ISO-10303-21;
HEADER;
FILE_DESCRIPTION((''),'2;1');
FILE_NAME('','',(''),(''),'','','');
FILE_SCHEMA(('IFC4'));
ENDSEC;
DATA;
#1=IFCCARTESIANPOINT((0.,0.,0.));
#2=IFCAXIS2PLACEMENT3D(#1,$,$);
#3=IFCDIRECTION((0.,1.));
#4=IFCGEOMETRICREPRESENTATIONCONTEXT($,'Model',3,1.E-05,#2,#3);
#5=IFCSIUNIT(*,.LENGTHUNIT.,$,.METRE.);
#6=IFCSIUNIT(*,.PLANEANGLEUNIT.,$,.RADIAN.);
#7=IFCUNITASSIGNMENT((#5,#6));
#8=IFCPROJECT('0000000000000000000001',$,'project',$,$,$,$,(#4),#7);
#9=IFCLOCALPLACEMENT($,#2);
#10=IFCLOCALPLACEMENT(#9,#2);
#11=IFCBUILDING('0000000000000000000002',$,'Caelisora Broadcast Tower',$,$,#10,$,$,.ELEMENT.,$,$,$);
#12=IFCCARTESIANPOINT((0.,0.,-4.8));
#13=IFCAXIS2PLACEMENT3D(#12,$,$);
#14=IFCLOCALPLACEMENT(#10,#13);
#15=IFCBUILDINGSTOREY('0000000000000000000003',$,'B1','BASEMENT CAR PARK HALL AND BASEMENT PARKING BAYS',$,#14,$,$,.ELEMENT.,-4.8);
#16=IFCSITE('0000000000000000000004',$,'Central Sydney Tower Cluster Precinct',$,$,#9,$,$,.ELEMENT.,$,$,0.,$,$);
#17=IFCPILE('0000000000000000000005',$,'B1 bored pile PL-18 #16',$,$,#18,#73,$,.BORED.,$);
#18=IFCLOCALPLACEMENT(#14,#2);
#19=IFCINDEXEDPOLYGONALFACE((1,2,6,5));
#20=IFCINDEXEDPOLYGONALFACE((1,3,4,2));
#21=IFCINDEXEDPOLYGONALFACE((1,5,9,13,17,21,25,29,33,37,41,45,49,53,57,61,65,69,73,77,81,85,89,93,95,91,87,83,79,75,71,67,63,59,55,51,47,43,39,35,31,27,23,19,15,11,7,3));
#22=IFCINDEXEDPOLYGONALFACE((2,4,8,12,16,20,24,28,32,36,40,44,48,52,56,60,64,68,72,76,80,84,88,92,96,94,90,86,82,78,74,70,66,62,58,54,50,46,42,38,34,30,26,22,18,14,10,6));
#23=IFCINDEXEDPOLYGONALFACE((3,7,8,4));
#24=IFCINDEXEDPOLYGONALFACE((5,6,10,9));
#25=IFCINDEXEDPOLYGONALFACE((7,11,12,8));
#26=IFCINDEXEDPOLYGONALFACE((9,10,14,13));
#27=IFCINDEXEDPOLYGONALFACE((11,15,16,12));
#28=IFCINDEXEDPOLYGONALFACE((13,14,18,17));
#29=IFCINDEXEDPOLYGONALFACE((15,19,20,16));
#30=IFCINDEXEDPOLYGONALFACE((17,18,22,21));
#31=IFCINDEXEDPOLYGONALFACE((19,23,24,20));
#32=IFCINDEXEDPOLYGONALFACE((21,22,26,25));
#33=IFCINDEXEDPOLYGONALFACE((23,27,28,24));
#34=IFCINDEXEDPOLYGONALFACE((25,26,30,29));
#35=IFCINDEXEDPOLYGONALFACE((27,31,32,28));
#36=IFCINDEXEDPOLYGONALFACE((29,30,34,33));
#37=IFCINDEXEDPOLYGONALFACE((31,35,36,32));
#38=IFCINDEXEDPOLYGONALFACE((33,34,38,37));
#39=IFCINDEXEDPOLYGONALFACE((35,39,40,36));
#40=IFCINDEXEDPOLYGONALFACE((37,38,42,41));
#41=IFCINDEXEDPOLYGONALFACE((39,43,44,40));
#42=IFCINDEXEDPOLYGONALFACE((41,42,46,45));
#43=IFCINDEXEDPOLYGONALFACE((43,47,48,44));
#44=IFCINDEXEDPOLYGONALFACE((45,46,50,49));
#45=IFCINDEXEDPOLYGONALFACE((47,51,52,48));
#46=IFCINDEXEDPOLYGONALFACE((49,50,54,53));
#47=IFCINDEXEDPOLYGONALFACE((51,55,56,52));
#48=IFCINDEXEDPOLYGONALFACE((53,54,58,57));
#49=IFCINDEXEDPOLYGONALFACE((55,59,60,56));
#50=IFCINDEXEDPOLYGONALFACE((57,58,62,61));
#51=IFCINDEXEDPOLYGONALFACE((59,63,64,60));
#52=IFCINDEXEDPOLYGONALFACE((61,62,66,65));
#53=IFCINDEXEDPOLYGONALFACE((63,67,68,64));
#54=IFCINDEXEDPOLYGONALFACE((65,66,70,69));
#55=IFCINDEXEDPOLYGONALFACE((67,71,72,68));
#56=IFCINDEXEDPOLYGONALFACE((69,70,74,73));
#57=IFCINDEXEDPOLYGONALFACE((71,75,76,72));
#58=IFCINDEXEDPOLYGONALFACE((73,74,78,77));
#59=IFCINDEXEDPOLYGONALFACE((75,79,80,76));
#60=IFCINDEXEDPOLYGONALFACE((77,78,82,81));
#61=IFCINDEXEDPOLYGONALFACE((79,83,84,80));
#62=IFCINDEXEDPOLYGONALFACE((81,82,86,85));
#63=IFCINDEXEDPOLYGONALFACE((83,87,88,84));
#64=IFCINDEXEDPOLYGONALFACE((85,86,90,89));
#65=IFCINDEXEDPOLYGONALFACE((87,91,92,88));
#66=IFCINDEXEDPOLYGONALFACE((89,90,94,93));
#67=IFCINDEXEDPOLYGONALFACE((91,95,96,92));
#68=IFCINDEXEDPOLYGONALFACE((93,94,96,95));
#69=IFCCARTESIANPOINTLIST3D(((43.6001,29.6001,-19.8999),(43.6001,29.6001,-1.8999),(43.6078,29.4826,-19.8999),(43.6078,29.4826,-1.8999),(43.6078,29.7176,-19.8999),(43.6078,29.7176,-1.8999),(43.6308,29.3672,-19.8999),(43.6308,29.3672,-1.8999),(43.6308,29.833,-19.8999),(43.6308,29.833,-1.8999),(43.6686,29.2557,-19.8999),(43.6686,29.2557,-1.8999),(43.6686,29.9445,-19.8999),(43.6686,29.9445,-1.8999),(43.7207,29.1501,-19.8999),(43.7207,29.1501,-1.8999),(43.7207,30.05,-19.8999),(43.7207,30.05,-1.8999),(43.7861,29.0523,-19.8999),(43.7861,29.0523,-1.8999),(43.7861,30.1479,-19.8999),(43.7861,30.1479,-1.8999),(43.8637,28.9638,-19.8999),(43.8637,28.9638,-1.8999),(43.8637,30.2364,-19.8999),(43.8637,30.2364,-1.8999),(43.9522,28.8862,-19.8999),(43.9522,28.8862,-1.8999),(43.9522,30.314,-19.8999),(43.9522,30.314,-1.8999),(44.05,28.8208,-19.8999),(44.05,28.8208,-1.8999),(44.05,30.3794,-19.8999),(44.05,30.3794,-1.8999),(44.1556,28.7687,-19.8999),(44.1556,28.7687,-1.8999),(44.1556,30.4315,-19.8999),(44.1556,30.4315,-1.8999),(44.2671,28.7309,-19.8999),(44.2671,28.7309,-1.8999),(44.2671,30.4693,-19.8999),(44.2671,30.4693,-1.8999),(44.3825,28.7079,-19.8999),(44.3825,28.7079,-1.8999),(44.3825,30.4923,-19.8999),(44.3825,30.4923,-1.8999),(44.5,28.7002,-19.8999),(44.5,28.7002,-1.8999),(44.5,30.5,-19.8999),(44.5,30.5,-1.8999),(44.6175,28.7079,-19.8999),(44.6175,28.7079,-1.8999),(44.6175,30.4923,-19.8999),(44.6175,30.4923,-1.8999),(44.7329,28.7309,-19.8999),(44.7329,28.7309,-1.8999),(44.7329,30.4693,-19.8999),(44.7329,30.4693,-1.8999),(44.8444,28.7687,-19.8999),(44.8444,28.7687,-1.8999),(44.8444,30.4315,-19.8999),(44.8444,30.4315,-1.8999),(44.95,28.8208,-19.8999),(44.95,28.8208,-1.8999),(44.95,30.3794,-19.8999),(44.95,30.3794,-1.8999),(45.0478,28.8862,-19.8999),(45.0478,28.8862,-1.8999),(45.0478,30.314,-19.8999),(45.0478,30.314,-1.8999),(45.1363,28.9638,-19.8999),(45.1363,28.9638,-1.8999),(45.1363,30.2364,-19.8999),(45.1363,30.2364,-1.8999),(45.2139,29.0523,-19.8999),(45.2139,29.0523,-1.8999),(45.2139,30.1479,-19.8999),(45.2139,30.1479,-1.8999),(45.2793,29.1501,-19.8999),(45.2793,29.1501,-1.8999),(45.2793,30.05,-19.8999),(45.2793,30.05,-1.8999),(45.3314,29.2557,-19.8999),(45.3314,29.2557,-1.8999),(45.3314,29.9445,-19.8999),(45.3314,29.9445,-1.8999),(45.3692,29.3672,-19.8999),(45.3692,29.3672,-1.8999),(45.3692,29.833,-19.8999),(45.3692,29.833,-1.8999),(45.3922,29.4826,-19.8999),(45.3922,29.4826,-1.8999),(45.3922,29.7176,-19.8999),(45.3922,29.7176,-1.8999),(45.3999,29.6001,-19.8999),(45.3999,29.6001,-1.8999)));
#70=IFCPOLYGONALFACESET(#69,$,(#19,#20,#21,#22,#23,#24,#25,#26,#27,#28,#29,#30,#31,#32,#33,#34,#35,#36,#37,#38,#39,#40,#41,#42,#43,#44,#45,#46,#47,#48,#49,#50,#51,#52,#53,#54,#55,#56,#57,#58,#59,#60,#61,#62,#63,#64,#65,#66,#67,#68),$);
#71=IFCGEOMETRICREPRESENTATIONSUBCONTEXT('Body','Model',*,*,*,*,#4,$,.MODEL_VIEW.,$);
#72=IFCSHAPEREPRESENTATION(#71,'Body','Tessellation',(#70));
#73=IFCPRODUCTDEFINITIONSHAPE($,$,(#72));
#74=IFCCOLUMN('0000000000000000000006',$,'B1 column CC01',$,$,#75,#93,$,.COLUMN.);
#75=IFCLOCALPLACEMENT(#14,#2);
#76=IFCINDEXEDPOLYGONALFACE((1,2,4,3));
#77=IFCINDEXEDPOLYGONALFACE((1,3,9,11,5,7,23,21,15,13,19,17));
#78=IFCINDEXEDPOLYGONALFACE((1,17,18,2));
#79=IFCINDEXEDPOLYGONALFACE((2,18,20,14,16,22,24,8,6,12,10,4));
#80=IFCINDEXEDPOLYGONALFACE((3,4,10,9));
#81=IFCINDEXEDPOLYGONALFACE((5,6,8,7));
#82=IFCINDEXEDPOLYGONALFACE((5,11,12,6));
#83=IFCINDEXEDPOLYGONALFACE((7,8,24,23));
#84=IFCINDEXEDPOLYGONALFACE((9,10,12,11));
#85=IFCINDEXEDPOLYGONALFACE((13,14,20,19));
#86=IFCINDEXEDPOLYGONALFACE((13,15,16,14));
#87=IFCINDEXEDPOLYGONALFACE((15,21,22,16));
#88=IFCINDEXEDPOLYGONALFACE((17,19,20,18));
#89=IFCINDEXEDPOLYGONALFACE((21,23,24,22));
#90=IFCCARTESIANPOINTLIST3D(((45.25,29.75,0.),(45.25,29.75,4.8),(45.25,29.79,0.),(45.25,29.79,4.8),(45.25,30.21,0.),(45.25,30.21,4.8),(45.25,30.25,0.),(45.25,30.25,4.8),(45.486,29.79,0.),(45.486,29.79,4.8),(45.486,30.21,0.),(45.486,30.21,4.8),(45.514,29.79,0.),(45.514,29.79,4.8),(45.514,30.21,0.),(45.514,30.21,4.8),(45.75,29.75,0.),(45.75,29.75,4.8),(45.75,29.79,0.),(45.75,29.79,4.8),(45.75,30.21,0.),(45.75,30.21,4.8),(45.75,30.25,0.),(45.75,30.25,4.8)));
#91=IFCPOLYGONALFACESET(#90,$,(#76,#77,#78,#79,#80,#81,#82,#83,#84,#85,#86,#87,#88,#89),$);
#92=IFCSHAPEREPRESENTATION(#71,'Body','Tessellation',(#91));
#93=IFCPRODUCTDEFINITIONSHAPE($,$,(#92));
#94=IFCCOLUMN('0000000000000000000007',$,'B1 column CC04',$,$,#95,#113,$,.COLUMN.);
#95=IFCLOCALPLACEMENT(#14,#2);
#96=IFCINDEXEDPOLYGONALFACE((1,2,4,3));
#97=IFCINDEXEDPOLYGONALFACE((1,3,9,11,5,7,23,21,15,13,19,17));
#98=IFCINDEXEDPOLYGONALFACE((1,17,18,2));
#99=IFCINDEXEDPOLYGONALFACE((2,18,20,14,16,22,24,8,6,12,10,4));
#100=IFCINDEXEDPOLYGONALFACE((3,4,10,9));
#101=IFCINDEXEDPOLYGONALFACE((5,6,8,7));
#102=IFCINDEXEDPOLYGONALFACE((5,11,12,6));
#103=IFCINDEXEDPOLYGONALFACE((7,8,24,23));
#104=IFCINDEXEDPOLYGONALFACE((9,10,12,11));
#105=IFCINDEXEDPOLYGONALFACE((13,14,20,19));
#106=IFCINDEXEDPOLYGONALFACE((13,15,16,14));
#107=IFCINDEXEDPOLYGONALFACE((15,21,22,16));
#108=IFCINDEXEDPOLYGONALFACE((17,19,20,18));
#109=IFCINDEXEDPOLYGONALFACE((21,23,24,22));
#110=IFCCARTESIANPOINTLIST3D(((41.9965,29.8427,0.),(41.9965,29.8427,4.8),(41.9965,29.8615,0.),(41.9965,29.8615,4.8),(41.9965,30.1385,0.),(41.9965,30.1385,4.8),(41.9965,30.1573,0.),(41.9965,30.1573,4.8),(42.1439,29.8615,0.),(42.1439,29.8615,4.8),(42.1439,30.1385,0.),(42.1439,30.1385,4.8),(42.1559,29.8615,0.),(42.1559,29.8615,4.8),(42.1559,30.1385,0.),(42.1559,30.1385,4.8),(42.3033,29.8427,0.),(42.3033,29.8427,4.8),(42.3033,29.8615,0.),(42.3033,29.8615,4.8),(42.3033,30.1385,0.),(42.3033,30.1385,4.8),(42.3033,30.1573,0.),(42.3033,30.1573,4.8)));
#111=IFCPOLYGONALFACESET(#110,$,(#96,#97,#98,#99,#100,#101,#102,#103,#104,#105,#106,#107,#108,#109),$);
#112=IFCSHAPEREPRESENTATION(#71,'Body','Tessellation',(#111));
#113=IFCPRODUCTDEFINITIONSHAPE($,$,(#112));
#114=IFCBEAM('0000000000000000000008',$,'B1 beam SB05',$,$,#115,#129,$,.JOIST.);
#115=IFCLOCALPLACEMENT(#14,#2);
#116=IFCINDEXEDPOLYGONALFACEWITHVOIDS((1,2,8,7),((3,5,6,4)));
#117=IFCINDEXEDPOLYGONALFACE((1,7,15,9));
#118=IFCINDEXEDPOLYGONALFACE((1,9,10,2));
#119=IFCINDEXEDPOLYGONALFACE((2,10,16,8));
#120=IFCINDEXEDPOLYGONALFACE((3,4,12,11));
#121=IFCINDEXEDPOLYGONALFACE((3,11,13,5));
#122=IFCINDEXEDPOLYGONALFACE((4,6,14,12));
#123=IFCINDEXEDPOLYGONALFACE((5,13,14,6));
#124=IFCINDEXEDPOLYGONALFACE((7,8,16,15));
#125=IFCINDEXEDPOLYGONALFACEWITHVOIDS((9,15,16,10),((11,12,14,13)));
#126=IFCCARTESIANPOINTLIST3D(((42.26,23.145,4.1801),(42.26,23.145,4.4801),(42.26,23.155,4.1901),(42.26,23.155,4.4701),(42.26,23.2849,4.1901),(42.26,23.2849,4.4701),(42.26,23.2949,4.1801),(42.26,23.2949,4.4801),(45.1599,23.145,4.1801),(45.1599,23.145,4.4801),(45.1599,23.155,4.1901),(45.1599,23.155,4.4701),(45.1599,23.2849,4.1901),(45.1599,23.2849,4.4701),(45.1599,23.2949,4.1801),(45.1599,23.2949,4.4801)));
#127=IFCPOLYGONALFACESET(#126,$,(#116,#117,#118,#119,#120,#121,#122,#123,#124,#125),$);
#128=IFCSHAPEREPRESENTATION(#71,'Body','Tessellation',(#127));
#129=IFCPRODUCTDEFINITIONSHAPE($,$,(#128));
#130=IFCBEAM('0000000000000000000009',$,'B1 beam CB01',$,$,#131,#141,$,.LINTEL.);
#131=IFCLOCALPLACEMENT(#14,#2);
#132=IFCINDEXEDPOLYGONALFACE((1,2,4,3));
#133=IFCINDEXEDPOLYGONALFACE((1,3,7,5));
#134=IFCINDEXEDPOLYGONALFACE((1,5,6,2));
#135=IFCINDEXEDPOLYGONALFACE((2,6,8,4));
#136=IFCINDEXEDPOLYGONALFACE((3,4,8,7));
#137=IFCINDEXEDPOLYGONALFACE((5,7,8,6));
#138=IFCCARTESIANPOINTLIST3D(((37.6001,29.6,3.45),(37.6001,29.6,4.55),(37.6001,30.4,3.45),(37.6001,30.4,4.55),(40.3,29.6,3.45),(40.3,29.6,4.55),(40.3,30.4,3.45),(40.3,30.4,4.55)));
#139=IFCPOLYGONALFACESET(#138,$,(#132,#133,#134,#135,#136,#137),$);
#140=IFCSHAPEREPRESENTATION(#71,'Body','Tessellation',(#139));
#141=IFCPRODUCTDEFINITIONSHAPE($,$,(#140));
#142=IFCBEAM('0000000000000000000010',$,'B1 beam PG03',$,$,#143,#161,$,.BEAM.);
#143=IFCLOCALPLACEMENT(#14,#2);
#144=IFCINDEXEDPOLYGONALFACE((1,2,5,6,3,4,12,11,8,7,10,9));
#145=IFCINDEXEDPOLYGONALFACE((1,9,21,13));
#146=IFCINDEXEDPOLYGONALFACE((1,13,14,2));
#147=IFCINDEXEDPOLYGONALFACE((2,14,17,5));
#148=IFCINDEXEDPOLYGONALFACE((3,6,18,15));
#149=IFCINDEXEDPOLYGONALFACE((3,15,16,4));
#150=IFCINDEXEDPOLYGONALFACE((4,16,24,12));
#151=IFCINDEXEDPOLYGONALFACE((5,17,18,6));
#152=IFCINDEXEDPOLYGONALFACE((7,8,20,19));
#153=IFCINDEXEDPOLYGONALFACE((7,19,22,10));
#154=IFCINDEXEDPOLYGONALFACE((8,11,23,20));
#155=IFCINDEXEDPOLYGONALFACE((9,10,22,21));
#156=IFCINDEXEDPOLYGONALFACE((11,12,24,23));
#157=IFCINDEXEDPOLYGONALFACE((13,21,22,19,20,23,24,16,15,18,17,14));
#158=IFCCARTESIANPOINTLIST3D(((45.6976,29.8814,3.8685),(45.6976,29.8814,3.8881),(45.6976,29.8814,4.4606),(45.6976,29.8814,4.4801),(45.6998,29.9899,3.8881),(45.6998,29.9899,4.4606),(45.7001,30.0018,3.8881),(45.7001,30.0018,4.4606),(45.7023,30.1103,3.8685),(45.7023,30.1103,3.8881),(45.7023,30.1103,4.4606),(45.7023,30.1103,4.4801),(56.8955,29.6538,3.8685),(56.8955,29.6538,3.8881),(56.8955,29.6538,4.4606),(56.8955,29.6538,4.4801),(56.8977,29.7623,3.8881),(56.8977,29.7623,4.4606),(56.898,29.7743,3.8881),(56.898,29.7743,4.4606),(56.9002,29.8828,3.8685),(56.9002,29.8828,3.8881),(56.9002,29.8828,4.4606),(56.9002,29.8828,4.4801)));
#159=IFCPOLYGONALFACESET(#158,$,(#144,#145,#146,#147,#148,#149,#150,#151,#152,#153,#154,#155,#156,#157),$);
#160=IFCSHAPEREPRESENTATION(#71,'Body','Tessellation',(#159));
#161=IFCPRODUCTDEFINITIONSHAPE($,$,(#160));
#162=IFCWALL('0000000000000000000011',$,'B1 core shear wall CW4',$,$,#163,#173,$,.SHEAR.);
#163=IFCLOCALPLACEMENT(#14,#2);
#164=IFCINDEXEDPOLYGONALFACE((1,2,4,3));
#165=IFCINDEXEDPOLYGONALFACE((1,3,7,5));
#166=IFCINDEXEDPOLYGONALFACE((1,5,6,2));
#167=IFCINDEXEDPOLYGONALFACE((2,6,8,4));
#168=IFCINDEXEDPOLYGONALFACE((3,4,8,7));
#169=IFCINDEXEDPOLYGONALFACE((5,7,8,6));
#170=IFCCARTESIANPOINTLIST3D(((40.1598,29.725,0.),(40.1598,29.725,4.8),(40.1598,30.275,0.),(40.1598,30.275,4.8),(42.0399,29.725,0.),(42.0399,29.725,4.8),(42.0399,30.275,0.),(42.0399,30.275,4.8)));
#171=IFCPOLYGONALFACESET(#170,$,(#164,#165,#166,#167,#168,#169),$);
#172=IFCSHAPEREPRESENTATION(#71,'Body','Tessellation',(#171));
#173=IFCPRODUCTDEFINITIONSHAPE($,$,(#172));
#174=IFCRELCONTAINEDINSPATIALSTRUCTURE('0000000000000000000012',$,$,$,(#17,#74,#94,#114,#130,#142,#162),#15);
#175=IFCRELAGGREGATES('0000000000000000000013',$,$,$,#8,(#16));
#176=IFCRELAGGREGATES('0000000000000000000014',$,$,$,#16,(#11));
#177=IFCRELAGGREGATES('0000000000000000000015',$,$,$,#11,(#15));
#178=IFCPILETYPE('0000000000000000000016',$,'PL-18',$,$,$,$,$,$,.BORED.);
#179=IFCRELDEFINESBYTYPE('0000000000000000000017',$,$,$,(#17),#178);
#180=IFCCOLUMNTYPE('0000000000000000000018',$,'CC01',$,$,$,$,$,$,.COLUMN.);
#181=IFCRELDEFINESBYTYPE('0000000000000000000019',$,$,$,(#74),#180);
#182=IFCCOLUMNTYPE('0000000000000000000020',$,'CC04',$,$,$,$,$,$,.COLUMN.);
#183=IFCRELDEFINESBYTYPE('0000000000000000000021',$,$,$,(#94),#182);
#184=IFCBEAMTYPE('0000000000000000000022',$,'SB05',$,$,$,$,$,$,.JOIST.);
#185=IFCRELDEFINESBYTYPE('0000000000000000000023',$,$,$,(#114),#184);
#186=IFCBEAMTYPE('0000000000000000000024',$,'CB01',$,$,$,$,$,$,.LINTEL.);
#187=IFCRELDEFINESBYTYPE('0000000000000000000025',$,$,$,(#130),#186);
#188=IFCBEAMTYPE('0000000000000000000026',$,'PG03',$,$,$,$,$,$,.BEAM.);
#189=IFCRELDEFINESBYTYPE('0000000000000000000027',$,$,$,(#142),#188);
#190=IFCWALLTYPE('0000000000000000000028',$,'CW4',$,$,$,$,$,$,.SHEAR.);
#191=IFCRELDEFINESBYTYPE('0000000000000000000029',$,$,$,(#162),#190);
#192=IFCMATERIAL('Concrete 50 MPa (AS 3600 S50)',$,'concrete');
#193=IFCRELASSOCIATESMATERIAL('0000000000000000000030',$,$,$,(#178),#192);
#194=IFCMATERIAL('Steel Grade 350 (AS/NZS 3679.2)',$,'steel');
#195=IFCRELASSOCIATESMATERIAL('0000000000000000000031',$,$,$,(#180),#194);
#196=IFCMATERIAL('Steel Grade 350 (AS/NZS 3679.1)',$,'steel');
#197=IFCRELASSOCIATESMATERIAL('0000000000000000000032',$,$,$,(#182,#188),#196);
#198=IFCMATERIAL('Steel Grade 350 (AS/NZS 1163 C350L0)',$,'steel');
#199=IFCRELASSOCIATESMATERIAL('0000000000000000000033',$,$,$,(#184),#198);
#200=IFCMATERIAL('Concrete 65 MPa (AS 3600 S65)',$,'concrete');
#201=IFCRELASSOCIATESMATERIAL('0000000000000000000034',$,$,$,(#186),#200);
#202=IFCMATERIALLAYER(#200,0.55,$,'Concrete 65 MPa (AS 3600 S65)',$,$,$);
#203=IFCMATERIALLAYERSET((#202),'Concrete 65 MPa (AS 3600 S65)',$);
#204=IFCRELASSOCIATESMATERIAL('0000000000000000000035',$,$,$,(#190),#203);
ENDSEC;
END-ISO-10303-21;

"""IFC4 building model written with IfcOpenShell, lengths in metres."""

from ifc_helpers import new_model, si_unit, direction, frame, frame_2d, origin, origin_2d, place, context, subcontext, project, spatial, rectangle, hollow_rectangle, circle, i_section, extrude, source, transform, mapped, material, layer, layer_set, material_profile, profile_set, type_object, type_shapes, element, save


model = new_model("IFC4")

# Units and contexts
model_context = context("Model", 3, precision=1e-05, world=origin(), true_north=direction((0.0, 1.0)))
body_context = subcontext(model_context, "Body", "Model", "MODEL_VIEW")
ifc_project = project(units=[si_unit("LENGTHUNIT", "METRE"), si_unit("PLANEANGLEUNIT", "RADIAN")], contexts=[model_context])

# Site, building, storey
site_placement = place(None, origin())
site = spatial("IfcSite", under=ifc_project, at=site_placement, Name="Central Sydney Tower Cluster Precinct", CompositionType="ELEMENT", RefElevation=0.0)
building_placement = place(site_placement, origin())
building = spatial("IfcBuilding", under=site, at=building_placement, Name="Caelisora Broadcast Tower", CompositionType="ELEMENT")
storey_placement = place(building_placement, frame((0.0, 0.0, -4.8)))
storey = spatial("IfcBuildingStorey", under=building, at=storey_placement, Name="B1", Description="BASEMENT CAR PARK HALL AND BASEMENT PARKING BAYS", CompositionType="ELEMENT", Elevation=-4.8)

# Pile
ifc_material_1 = material(Name="Concrete 50 MPa (AS 3600 S50)", Category="concrete")
ifc_material_profile_1 = material_profile(ifc_material_1, circle(Radius=0.8999, at=origin_2d()), Name="Concrete 50 MPa (AS 3600 S50)")
ifc_profile_set_1 = profile_set([ifc_material_profile_1], Name="Concrete 50 MPa (AS 3600 S50)")
pile_type = type_object("IfcPileType", Name="PL-18", PredefinedType="BORED", material=ifc_profile_set_1)
for number, where, z_axis, x_axis, name in (
    (1, (44.5, 29.6001, -1.8999), (0.0, 0.0, -1.0), (1.0, 0.0, 0.0), "B1 bored pile PL-18 #16"),
):
    element("IfcPile", number, at=place(storey_placement, frame(where, z_axis=z_axis, x_axis=x_axis)), inside=storey, type_object=pile_type, Name=name, PredefinedType="BORED", context=body_context, shape_type="SweptSolid", body=[
        extrude(circle(Radius=0.8999, at=origin_2d()), origin(), (0.0, 0.0, 1.0), 18.0),
    ])

# Columns
ifc_material_2 = material(Name="Steel Grade 350 (AS/NZS 3679.2)", Category="steel")
ifc_material_profile_2 = material_profile(ifc_material_2, i_section(OverallWidth=0.5, OverallDepth=0.5, WebThickness=0.0281, FlangeThickness=0.04, at=origin_2d()), Name="Steel Grade 350 (AS/NZS 3679.2)")
ifc_profile_set_2 = profile_set([ifc_material_profile_2], Name="Steel Grade 350 (AS/NZS 3679.2)")
column_type_1 = type_object("IfcColumnType", Name="CC01", PredefinedType="COLUMN", material=ifc_profile_set_2)
shared_shape_1 = source(origin(), body_context, "Body", "SweptSolid", [
    extrude(i_section(OverallWidth=0.5, OverallDepth=0.5, WebThickness=0.0281, FlangeThickness=0.04, at=origin_2d()), origin(), (0.0, 0.0, 1.0), 4.8),
])
type_shapes(column_type_1, [shared_shape_1])
column_1_placement = place(storey_placement, frame((45.5, 30.0, 0.0), z_axis=(0.0, 0.0, 1.0), x_axis=(1.0, 0.0, 0.0)))
element("IfcColumn", 2, at=column_1_placement, inside=storey, type_object=column_type_1, Name="B1 column CC01", PredefinedType="COLUMN", context=body_context, shape_type="MappedRepresentation", body=[
    mapped(shared_shape_1, transform((0.0, 0.0, 0.0), scale=1.0)),
])
ifc_material_3 = material(Name="Steel Grade 350 (AS/NZS 3679.1)", Category="steel")
ifc_material_profile_3 = material_profile(ifc_material_3, i_section(OverallWidth=0.3069, OverallDepth=0.3147, WebThickness=0.012, FlangeThickness=0.0188, at=origin_2d()), Name="Steel Grade 350 (AS/NZS 3679.1)")
ifc_profile_set_3 = profile_set([ifc_material_profile_3], Name="Steel Grade 350 (AS/NZS 3679.1)")
column_type_2 = type_object("IfcColumnType", Name="CC04", PredefinedType="COLUMN", material=ifc_profile_set_3)
shared_shape_2 = source(origin(), body_context, "Body", "SweptSolid", [
    extrude(i_section(OverallWidth=0.3069, OverallDepth=0.3147, WebThickness=0.012, FlangeThickness=0.0188, at=origin_2d()), origin(), (0.0, 0.0, 1.0), 4.8),
])
type_shapes(column_type_2, [shared_shape_2])
column_2_placement = place(storey_placement, frame((42.1499, 30.0, 0.0), z_axis=(0.0, 0.0, 1.0), x_axis=(1.0, 0.0, 0.0)))
element("IfcColumn", 3, at=column_2_placement, inside=storey, type_object=column_type_2, Name="B1 column CC04", PredefinedType="COLUMN", context=body_context, shape_type="MappedRepresentation", body=[
    mapped(shared_shape_2, transform((0.0, 0.0, 0.0), scale=1.0)),
])

# Beams
ifc_material_4 = material(Name="Steel Grade 350 (AS/NZS 1163 C350L0)", Category="steel")
ifc_material_profile_4 = material_profile(ifc_material_4, hollow_rectangle(XDim=0.1499, YDim=0.3, WallThickness=0.01, at=origin_2d()), Name="Steel Grade 350 (AS/NZS 1163 C350L0)")
ifc_profile_set_4 = profile_set([ifc_material_profile_4], Name="Steel Grade 350 (AS/NZS 1163 C350L0)")
beam_type_1 = type_object("IfcBeamType", Name="SB05", PredefinedType="JOIST", material=ifc_profile_set_4)
shared_shape_3 = source(origin(), body_context, "Body", "SweptSolid", [
    extrude(hollow_rectangle(XDim=0.1499, YDim=0.3, WallThickness=0.01, at=origin_2d()), origin(), (0.0, 0.0, 1.0), 2.8999),
])
type_shapes(beam_type_1, [shared_shape_3])
beam_1_placement = place(storey_placement, frame((42.26, 23.22, 4.3301), z_axis=(1.0, 0.0, 0.0), x_axis=(0.0, 1.0, 0.0)))
element("IfcBeam", 4, at=beam_1_placement, inside=storey, type_object=beam_type_1, Name="B1 beam SB05", PredefinedType="JOIST", context=body_context, shape_type="MappedRepresentation", body=[
    mapped(shared_shape_3, transform((0.0, 0.0, 0.0), scale=1.0)),
])
ifc_material_5 = material(Name="Concrete 65 MPa (AS 3600 S65)", Category="concrete")
ifc_material_profile_5 = material_profile(ifc_material_5, rectangle(XDim=0.8, YDim=1.1001, at=origin_2d()), Name="Concrete 65 MPa (AS 3600 S65)")
ifc_profile_set_5 = profile_set([ifc_material_profile_5], Name="Concrete 65 MPa (AS 3600 S65)")
beam_type_2 = type_object("IfcBeamType", Name="CB01", PredefinedType="LINTEL", material=ifc_profile_set_5)
shared_shape_4 = source(origin(), body_context, "Body", "SweptSolid", [
    extrude(rectangle(XDim=0.8, YDim=1.1001, at=origin_2d()), origin(), (0.0, 0.0, 1.0), 2.7),
])
type_shapes(beam_type_2, [shared_shape_4])
beam_2_placement = place(storey_placement, frame((37.6001, 30.0, 4.0), z_axis=(1.0, 0.0, 0.0), x_axis=(0.0, 1.0, 0.0)))
element("IfcBeam", 5, at=beam_2_placement, inside=storey, type_object=beam_type_2, Name="B1 beam CB01", PredefinedType="LINTEL", context=body_context, shape_type="MappedRepresentation", body=[
    mapped(shared_shape_4, transform((0.0, 0.0, 0.0), scale=1.0)),
])
ifc_material_profile_6 = material_profile(ifc_material_3, i_section(OverallWidth=0.229, OverallDepth=0.6116, WebThickness=0.012, FlangeThickness=0.0195, at=origin_2d()), Name="Steel Grade 350 (AS/NZS 3679.1)")
ifc_profile_set_6 = profile_set([ifc_material_profile_6], Name="Steel Grade 350 (AS/NZS 3679.1)")
beam_type_3 = type_object("IfcBeamType", Name="PG03", PredefinedType="BEAM", material=ifc_profile_set_6)
shared_shape_5 = source(origin(), body_context, "Body", "SweptSolid", [
    extrude(i_section(OverallWidth=0.229, OverallDepth=0.6116, WebThickness=0.012, FlangeThickness=0.0195, at=origin_2d()), origin(), (0.0, 0.0, 1.0), 11.2002),
])
type_shapes(beam_type_3, [shared_shape_5])
beam_3_placement = place(storey_placement, frame((45.7, 29.9958, 4.1743), z_axis=(0.999794, -0.020315, 0.0), x_axis=(0.020315, 0.999794, 0.0)))
element("IfcBeam", 6, at=beam_3_placement, inside=storey, type_object=beam_type_3, Name="B1 beam PG03", PredefinedType="BEAM", context=body_context, shape_type="MappedRepresentation", body=[
    mapped(shared_shape_5, transform((0.0, 0.0, 0.0), scale=1.0)),
])

# Wall
ifc_layer_1 = layer(ifc_material_5, 0.55, Name="Concrete 65 MPa (AS 3600 S65)")
ifc_layer_set_1 = layer_set([ifc_layer_1], Name="Concrete 65 MPa (AS 3600 S65)")
wall_type_1 = type_object("IfcWallType", Name="CW4", PredefinedType="SHEAR", material=ifc_layer_set_1)
wall_1_placement = place(storey_placement, frame((40.1599, 30.0, 0.0), z_axis=(0.0, 0.0, 1.0), x_axis=(1.0, 0.0, 0.0)))
element("IfcWall", 7, at=wall_1_placement, inside=storey, type_object=wall_type_1, Name="B1 core shear wall CW4", PredefinedType="SHEAR", context=body_context, shape_type="SweptSolid", body=[
    extrude(rectangle(XDim=1.8801, YDim=0.55, at=frame_2d((0.9399, 0.0))), origin(), (0.0, 0.0, 1.0), 4.8),
])

save(model, "model.ifc")
